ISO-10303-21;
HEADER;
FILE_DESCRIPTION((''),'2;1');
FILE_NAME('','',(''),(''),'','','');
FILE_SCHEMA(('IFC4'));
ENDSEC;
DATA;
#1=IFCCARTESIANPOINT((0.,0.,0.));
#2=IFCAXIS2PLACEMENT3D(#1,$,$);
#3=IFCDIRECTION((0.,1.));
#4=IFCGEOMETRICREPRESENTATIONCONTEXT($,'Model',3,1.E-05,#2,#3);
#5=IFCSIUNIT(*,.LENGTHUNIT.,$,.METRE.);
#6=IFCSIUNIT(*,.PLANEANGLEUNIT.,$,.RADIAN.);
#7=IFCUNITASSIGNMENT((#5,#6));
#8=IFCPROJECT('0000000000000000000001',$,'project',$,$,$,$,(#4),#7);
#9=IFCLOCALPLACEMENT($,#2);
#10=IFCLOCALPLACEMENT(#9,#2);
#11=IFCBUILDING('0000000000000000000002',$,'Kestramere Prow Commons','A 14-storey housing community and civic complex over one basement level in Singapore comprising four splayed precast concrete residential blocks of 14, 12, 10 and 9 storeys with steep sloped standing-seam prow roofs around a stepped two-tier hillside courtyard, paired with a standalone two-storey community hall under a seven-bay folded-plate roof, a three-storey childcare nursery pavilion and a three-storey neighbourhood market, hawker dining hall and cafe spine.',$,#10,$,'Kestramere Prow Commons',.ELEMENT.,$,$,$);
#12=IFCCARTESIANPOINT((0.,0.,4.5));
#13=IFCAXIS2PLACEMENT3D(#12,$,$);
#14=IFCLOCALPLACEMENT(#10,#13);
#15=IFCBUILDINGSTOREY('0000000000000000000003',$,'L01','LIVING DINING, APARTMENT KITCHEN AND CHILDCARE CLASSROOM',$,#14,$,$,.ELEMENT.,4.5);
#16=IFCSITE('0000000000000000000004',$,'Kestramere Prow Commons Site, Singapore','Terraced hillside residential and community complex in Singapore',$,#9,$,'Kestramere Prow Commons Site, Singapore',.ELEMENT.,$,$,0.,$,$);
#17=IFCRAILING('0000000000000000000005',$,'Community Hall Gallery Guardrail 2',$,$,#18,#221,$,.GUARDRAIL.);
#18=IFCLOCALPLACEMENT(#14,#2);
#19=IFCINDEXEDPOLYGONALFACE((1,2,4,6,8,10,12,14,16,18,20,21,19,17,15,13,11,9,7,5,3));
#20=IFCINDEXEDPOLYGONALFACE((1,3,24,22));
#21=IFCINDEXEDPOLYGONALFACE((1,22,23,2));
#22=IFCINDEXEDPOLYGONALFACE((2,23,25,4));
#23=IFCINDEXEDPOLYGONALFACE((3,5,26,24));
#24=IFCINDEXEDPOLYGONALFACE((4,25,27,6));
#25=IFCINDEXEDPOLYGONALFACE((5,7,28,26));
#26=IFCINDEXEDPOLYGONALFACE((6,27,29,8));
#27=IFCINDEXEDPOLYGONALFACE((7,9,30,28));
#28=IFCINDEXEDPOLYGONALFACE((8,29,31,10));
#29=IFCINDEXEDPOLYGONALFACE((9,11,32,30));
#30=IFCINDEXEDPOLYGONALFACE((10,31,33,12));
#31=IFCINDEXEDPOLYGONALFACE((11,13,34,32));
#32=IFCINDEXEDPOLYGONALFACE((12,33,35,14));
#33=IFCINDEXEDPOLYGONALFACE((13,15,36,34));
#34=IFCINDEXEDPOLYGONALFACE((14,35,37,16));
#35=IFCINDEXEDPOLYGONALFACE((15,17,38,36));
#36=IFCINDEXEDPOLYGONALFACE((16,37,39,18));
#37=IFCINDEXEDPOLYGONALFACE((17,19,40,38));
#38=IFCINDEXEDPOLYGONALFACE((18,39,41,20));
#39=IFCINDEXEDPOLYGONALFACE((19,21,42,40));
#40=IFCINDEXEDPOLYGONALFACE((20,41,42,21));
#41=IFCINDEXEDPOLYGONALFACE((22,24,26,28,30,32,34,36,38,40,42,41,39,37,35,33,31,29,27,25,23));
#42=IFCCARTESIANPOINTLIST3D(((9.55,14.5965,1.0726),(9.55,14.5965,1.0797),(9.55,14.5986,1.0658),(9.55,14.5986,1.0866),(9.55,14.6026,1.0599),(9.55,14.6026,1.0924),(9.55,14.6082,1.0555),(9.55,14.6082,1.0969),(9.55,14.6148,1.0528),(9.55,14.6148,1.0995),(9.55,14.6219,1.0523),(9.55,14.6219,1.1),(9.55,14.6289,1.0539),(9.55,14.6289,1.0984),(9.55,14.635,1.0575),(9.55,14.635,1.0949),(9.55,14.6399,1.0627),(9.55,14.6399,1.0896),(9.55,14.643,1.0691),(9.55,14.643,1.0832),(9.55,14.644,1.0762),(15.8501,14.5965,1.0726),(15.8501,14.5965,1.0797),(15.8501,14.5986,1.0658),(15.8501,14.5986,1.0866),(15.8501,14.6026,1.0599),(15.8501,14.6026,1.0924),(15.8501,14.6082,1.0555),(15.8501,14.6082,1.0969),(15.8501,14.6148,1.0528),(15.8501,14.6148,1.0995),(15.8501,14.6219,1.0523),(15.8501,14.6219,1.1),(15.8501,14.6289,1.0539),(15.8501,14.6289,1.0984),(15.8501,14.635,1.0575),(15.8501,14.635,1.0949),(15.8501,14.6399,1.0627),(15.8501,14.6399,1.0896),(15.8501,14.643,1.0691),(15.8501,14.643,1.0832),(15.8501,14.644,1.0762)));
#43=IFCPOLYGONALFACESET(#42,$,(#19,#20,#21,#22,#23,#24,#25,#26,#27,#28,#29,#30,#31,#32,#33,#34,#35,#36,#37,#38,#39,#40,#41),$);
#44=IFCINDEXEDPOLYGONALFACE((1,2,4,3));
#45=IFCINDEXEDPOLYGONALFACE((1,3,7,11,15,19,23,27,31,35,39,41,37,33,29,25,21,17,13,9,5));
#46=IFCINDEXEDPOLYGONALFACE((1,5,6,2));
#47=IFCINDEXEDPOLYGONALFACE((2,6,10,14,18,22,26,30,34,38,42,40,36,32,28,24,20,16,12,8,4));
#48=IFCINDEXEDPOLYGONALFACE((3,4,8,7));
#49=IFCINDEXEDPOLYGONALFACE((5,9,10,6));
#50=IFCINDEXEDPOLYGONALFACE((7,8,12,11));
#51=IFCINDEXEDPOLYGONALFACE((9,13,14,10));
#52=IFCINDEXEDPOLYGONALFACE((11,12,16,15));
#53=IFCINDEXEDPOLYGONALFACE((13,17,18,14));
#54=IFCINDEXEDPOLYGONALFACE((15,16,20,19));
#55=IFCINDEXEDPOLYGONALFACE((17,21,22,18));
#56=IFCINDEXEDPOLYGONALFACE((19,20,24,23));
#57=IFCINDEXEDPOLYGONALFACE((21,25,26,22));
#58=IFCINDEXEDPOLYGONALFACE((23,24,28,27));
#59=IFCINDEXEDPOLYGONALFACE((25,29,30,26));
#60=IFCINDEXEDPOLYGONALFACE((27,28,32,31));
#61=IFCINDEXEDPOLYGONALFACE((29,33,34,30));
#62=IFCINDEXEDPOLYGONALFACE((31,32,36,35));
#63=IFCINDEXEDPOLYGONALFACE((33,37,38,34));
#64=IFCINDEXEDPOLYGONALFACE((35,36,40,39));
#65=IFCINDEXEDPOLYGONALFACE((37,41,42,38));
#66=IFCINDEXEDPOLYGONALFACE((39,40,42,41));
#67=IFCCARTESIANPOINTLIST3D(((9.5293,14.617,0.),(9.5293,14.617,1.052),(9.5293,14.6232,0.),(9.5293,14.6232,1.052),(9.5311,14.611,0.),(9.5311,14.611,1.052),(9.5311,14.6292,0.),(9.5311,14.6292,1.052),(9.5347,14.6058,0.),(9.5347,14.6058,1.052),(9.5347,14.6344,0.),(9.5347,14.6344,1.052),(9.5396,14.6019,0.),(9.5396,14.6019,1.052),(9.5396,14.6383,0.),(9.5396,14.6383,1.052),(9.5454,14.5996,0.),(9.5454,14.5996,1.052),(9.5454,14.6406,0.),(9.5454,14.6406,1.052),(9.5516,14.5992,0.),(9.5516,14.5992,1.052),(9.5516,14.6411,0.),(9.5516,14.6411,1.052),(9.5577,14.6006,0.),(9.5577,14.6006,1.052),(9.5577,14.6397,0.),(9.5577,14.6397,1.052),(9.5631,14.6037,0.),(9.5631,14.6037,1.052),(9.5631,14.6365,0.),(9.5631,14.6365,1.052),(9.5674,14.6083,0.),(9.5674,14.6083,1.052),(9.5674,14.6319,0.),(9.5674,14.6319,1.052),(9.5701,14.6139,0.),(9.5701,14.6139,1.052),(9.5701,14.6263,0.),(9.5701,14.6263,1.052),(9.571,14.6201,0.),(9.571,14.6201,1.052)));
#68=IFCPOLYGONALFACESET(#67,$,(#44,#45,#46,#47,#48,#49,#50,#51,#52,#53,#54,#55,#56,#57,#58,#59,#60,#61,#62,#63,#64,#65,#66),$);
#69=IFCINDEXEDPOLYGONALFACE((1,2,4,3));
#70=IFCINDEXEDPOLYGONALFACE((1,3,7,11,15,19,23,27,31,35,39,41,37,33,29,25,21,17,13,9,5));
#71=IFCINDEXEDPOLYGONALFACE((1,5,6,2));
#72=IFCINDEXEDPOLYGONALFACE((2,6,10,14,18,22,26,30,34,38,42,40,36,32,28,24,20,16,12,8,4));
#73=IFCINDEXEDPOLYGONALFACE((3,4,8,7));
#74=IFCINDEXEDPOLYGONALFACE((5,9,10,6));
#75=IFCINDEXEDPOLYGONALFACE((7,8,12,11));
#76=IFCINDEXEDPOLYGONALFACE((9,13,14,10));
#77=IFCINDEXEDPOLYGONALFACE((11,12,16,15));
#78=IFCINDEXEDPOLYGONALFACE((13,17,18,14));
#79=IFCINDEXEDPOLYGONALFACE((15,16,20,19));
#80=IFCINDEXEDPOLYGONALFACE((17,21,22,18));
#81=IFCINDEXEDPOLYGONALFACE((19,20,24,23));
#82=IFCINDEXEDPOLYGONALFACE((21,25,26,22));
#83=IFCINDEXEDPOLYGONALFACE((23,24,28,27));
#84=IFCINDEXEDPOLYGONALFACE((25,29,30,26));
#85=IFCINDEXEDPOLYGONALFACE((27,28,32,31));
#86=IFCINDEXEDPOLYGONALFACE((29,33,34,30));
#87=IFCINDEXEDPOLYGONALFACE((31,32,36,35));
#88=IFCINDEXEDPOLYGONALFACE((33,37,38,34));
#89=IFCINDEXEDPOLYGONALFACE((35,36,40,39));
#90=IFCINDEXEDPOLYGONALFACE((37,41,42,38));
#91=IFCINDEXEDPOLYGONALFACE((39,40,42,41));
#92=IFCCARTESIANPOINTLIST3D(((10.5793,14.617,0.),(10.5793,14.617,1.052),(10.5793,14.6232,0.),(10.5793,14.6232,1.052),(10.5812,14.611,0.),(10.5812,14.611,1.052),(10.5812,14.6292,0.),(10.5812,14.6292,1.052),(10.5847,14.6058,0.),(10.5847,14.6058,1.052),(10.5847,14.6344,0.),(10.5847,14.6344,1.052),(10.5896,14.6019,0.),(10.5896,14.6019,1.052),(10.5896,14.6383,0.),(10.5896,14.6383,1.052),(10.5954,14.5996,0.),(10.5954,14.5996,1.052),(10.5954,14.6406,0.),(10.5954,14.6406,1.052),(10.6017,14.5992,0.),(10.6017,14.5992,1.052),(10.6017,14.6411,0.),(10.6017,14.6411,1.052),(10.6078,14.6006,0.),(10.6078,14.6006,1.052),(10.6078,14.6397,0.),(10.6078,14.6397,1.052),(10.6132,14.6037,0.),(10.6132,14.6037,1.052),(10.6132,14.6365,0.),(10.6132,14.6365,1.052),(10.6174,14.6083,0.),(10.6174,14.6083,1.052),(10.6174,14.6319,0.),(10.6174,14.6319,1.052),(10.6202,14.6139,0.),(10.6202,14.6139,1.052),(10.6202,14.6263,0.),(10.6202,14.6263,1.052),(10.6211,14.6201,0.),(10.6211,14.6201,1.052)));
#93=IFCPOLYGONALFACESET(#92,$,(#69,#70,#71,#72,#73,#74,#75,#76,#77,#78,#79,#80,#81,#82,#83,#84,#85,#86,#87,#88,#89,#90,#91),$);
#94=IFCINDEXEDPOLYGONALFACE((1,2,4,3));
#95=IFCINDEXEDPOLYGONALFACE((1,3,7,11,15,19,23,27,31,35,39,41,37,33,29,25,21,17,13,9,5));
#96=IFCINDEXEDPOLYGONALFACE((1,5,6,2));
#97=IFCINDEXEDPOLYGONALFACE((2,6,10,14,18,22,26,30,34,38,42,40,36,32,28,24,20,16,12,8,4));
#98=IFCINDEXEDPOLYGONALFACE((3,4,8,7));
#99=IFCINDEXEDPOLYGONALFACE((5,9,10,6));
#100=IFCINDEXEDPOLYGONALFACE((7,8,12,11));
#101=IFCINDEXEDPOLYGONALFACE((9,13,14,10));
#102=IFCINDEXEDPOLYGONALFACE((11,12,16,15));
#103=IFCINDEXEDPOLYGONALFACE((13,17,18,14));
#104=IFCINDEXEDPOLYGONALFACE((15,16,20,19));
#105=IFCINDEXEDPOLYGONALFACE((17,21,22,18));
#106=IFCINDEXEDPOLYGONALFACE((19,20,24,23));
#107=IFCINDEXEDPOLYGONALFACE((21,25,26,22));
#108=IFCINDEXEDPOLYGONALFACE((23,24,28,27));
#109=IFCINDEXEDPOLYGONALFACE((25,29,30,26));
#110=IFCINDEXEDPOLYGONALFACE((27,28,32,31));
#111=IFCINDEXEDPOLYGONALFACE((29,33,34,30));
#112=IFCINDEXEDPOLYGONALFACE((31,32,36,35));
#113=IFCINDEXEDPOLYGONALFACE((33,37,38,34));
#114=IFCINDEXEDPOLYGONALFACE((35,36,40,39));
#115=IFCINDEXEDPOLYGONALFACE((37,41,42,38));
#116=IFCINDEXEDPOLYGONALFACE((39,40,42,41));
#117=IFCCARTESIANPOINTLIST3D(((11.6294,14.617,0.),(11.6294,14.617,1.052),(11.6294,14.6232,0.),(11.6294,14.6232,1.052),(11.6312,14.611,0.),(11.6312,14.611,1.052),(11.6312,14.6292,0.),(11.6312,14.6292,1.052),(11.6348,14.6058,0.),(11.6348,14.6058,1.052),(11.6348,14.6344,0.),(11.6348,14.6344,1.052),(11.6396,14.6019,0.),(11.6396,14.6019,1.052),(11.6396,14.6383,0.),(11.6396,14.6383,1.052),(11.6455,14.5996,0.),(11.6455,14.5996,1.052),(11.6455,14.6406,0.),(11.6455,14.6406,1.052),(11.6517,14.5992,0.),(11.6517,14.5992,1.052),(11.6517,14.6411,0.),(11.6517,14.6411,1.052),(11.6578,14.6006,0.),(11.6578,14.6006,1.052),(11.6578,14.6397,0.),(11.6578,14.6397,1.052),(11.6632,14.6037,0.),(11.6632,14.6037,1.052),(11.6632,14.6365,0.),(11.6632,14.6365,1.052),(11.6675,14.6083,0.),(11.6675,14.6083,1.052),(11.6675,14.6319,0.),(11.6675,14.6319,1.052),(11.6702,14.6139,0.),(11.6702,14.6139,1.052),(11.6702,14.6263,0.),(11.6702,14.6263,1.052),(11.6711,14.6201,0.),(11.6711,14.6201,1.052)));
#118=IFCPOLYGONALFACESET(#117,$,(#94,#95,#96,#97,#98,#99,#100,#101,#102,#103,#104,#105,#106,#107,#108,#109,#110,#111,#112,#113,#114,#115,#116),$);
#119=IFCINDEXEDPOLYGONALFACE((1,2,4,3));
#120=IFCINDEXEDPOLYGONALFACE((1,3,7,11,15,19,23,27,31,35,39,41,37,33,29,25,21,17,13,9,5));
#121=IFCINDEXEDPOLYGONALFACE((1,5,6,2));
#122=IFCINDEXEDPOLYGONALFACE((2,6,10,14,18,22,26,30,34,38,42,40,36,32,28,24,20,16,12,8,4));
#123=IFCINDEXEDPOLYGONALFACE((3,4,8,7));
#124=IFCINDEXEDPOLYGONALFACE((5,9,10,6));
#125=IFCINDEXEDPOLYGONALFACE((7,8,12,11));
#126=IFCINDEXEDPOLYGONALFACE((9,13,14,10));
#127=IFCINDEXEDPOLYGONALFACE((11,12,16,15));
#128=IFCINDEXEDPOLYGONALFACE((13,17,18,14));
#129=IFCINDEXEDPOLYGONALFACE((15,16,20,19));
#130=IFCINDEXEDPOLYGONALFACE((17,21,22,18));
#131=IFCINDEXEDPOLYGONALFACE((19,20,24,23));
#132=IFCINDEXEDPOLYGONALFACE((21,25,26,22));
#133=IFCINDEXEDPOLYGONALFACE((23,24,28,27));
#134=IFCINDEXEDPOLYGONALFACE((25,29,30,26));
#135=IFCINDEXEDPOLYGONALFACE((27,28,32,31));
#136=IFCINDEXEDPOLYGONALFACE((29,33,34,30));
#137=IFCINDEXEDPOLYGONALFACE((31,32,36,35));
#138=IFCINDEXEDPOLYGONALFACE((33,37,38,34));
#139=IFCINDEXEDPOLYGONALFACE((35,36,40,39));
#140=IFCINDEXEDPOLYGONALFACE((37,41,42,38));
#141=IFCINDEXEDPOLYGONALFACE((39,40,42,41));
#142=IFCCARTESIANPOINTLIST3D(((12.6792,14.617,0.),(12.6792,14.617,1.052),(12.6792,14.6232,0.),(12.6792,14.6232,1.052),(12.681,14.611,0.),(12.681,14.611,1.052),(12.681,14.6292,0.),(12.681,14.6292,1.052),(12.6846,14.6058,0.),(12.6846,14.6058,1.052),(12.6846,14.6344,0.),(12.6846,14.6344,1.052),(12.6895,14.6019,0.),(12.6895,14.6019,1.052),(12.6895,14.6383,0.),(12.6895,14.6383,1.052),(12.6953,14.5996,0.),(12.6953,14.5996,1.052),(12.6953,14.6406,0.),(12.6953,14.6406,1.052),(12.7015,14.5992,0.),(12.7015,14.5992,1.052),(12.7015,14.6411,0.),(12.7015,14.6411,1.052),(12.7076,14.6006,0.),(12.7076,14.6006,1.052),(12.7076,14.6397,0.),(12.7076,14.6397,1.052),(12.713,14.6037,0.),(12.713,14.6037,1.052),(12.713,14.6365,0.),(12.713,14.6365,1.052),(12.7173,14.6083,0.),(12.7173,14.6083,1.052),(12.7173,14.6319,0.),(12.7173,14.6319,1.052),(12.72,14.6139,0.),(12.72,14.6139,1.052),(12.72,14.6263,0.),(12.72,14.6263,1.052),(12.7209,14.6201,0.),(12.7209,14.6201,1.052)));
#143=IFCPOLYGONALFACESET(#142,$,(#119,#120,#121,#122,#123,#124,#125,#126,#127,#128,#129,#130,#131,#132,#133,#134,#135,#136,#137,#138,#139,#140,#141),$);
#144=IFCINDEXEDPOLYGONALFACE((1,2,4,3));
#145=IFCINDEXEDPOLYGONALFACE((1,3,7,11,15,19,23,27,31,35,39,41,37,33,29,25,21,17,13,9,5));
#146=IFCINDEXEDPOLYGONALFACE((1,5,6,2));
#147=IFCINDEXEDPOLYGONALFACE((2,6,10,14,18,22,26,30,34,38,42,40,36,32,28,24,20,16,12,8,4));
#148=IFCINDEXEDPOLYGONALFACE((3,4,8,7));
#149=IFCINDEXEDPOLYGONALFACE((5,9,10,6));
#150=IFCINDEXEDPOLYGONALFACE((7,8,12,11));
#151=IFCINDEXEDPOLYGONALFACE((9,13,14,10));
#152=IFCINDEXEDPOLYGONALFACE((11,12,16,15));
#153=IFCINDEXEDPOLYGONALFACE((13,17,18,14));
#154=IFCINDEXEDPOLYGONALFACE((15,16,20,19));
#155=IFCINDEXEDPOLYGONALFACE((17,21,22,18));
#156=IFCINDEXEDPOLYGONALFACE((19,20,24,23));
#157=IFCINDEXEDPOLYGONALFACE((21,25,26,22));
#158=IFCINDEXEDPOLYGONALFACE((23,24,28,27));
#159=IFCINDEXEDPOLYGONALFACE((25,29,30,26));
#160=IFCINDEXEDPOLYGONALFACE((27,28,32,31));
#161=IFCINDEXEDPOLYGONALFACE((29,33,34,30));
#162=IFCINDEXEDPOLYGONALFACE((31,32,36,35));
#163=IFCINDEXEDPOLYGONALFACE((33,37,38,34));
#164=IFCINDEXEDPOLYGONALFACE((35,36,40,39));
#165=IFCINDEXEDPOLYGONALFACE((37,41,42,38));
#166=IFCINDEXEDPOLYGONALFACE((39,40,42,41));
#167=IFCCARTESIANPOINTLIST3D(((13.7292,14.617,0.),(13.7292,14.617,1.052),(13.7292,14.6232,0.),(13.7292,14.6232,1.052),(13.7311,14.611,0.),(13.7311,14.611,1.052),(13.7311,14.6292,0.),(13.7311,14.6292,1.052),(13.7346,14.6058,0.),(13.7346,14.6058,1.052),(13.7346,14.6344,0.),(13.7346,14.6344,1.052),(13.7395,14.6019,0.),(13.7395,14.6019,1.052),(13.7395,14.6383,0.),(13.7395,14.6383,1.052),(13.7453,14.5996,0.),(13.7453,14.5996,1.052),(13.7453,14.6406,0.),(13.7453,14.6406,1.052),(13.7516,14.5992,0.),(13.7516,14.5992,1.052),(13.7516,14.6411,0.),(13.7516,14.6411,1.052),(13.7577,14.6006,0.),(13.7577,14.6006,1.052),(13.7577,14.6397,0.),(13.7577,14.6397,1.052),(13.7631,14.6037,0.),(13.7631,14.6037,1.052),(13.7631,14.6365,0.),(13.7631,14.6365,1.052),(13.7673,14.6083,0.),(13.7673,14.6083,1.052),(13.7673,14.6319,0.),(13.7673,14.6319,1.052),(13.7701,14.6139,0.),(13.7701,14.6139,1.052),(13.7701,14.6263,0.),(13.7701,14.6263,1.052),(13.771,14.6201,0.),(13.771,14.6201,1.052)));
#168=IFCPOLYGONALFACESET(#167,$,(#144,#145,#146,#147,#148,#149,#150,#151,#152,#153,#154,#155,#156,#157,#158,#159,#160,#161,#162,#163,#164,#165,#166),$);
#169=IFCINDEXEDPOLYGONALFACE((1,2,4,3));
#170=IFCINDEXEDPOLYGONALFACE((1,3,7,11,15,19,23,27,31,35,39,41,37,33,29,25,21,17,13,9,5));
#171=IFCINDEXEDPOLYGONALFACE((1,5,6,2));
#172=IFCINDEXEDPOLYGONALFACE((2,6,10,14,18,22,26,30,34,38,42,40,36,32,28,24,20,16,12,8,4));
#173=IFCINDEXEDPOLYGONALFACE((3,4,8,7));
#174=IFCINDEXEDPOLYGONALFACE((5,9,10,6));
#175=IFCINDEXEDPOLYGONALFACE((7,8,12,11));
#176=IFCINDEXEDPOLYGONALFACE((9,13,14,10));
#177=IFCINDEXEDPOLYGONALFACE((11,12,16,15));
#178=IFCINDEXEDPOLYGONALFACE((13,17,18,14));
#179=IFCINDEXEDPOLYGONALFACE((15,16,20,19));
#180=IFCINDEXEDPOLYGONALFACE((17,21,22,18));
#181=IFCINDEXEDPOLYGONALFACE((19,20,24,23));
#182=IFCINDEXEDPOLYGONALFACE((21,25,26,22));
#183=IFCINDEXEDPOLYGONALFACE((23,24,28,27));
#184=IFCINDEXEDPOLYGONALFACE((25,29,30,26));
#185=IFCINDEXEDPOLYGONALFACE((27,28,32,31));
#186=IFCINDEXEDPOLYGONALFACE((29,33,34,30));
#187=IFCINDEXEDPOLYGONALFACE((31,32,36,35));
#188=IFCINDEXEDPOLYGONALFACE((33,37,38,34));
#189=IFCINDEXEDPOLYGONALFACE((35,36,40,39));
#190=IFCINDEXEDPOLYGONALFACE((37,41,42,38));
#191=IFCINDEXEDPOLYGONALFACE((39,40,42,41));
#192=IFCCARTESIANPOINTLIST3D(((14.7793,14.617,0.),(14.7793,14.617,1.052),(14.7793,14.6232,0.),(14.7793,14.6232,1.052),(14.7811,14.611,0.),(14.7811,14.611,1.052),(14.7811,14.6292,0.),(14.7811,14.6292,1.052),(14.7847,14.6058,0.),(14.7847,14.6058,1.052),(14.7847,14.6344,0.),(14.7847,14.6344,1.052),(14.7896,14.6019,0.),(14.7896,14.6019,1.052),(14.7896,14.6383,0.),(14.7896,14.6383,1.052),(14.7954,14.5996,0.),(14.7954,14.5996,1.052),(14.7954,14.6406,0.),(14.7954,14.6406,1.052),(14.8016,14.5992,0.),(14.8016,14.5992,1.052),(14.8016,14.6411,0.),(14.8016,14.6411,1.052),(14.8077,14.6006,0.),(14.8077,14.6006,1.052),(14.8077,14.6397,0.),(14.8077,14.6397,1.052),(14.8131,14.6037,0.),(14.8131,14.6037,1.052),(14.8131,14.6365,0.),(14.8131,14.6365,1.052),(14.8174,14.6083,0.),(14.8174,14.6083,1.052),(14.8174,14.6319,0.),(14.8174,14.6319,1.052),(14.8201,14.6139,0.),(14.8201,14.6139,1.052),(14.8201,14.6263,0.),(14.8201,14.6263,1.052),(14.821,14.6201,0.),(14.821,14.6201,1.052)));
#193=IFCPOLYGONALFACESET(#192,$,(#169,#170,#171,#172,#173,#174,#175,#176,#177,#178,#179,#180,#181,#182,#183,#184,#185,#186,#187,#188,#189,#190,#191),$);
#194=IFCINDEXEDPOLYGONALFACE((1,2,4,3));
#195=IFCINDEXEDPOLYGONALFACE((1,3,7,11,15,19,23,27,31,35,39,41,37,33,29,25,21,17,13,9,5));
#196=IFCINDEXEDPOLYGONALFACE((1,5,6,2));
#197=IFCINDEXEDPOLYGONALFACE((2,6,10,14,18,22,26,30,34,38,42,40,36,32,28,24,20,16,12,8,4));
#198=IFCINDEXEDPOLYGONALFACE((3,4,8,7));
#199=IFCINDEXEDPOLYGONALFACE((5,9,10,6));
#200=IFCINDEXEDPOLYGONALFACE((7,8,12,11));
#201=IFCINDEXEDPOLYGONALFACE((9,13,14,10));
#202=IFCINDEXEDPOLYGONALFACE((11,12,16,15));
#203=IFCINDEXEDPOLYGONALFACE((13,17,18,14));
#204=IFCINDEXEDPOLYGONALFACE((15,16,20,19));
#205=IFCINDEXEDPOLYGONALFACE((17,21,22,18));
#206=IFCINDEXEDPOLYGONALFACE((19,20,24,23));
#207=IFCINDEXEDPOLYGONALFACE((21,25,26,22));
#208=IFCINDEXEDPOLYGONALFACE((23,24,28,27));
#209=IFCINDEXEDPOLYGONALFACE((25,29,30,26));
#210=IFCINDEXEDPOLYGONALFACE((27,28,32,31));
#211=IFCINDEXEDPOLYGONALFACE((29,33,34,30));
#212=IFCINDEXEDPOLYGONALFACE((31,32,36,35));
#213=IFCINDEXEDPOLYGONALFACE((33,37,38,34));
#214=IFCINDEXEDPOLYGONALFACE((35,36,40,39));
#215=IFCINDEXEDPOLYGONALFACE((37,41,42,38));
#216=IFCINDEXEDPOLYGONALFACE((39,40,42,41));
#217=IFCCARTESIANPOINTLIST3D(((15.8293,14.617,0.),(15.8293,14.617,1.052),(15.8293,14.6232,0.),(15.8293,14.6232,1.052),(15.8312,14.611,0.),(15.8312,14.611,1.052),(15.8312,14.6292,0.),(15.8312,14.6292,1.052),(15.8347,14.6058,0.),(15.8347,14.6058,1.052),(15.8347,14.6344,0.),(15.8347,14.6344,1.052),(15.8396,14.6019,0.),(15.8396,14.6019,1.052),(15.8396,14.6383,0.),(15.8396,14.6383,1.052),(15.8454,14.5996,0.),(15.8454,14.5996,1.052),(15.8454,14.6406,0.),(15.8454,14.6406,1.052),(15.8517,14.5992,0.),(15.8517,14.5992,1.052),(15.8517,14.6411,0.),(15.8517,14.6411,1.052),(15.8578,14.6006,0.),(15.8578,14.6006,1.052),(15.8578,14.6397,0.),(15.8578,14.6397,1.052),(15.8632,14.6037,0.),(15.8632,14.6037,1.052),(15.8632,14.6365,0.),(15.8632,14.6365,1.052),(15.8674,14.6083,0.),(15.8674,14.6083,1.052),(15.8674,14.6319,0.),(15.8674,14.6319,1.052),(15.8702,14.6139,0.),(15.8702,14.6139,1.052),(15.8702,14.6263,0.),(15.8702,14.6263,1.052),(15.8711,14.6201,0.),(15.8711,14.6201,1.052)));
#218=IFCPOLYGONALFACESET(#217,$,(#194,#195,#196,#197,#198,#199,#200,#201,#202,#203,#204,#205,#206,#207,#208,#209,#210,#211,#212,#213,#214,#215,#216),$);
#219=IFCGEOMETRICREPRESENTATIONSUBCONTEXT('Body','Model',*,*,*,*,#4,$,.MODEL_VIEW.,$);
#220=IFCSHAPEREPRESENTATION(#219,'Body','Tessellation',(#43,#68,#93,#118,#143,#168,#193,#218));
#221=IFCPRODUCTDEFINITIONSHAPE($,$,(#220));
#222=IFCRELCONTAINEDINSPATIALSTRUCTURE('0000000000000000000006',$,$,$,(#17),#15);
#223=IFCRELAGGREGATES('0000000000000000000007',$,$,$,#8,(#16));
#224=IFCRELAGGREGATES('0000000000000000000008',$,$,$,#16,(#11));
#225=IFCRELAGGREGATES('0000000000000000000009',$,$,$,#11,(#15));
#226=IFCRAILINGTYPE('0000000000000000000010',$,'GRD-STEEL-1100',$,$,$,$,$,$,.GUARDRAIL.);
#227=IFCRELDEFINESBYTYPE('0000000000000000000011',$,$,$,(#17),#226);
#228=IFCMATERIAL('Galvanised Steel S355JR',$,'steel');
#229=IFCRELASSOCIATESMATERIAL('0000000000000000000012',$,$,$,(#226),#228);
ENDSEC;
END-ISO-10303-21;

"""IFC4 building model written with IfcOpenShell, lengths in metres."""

from ifc_helpers import new_model, si_unit, direction, frame, origin, origin_2d, place, context, subcontext, project, spatial, circle, extrude, material, type_object, element, save


model = new_model("IFC4")

# Units and contexts
model_context = context("Model", 3, precision=1e-05, world=origin(), true_north=direction((0.0, 1.0)))
body_context = subcontext(model_context, "Body", "Model", "MODEL_VIEW")
ifc_project = project(units=[si_unit("LENGTHUNIT", "METRE"), si_unit("PLANEANGLEUNIT", "RADIAN")], contexts=[model_context])

# Site, building, storey
site_placement = place(None, origin())
site = spatial("IfcSite", under=ifc_project, at=site_placement, Name="Kestramere Prow Commons Site, Singapore", Description="Terraced hillside residential and community complex in Singapore", LongName="Kestramere Prow Commons Site, Singapore", CompositionType="ELEMENT", RefElevation=0.0)
building_placement = place(site_placement, origin())
building = spatial("IfcBuilding", under=site, at=building_placement, Name="Kestramere Prow Commons", Description="A 14-storey housing community and civic complex over one basement level in Singapore comprising four splayed precast concrete residential blocks of 14, 12, 10 and 9 storeys with steep sloped standing-seam prow roofs around a stepped two-tier hillside courtyard, paired with a standalone two-storey community hall under a seven-bay folded-plate roof, a three-storey childcare nursery pavilion and a three-storey neighbourhood market, hawker dining hall and cafe spine.", LongName="Kestramere Prow Commons", CompositionType="ELEMENT")
storey_placement = place(building_placement, frame((0.0, 0.0, 4.5)))
storey = spatial("IfcBuildingStorey", under=building, at=storey_placement, Name="L01", Description="LIVING DINING, APARTMENT KITCHEN AND CHILDCARE CLASSROOM", CompositionType="ELEMENT", Elevation=4.5)

# Railing
ifc_material_1 = material(Name="Galvanised Steel S355JR", Category="steel")
railing_type_1 = type_object("IfcRailingType", Name="GRD-STEEL-1100", PredefinedType="GUARDRAIL", material=ifc_material_1)
for number, where, name in (
    (1, (9.55, 14.6201, 0.0), "Community Hall Gallery Guardrail 2"),
):
    element("IfcRailing", number, at=place(storey_placement, frame(where)), inside=storey, type_object=railing_type_1, Name=name, PredefinedType="GUARDRAIL", context=body_context, shape_type="SweptSolid", body=[
        extrude(circle(Radius=0.0239, at=origin_2d()), frame((0.0, 0.0, 1.0762), z_axis=(1.0, 0.0, 0.0), x_axis=(0.0, 1.0, 0.0)), (0.0, 0.0, 1.0), 6.3),
        extrude(circle(Radius=0.021, at=origin_2d()), origin(), (0.0, 0.0, 1.0), 1.052),
        extrude(circle(Radius=0.021, at=origin_2d()), frame((1.05, 0.0, 0.0)), (0.0, 0.0, 1.0), 1.052),
        extrude(circle(Radius=0.021, at=origin_2d()), frame((2.1001, 0.0, 0.0)), (0.0, 0.0, 1.0), 1.052),
        extrude(circle(Radius=0.021, at=origin_2d()), frame((3.1499, 0.0, 0.0)), (0.0, 0.0, 1.0), 1.052),
        extrude(circle(Radius=0.021, at=origin_2d()), frame((4.2, 0.0, 0.0)), (0.0, 0.0, 1.0), 1.052),
        extrude(circle(Radius=0.021, at=origin_2d()), frame((5.25, 0.0, 0.0)), (0.0, 0.0, 1.0), 1.052),
        extrude(circle(Radius=0.021, at=origin_2d()), frame((6.3, 0.0, 0.0)), (0.0, 0.0, 1.0), 1.052),
    ])

save(model, "model.ifc")
